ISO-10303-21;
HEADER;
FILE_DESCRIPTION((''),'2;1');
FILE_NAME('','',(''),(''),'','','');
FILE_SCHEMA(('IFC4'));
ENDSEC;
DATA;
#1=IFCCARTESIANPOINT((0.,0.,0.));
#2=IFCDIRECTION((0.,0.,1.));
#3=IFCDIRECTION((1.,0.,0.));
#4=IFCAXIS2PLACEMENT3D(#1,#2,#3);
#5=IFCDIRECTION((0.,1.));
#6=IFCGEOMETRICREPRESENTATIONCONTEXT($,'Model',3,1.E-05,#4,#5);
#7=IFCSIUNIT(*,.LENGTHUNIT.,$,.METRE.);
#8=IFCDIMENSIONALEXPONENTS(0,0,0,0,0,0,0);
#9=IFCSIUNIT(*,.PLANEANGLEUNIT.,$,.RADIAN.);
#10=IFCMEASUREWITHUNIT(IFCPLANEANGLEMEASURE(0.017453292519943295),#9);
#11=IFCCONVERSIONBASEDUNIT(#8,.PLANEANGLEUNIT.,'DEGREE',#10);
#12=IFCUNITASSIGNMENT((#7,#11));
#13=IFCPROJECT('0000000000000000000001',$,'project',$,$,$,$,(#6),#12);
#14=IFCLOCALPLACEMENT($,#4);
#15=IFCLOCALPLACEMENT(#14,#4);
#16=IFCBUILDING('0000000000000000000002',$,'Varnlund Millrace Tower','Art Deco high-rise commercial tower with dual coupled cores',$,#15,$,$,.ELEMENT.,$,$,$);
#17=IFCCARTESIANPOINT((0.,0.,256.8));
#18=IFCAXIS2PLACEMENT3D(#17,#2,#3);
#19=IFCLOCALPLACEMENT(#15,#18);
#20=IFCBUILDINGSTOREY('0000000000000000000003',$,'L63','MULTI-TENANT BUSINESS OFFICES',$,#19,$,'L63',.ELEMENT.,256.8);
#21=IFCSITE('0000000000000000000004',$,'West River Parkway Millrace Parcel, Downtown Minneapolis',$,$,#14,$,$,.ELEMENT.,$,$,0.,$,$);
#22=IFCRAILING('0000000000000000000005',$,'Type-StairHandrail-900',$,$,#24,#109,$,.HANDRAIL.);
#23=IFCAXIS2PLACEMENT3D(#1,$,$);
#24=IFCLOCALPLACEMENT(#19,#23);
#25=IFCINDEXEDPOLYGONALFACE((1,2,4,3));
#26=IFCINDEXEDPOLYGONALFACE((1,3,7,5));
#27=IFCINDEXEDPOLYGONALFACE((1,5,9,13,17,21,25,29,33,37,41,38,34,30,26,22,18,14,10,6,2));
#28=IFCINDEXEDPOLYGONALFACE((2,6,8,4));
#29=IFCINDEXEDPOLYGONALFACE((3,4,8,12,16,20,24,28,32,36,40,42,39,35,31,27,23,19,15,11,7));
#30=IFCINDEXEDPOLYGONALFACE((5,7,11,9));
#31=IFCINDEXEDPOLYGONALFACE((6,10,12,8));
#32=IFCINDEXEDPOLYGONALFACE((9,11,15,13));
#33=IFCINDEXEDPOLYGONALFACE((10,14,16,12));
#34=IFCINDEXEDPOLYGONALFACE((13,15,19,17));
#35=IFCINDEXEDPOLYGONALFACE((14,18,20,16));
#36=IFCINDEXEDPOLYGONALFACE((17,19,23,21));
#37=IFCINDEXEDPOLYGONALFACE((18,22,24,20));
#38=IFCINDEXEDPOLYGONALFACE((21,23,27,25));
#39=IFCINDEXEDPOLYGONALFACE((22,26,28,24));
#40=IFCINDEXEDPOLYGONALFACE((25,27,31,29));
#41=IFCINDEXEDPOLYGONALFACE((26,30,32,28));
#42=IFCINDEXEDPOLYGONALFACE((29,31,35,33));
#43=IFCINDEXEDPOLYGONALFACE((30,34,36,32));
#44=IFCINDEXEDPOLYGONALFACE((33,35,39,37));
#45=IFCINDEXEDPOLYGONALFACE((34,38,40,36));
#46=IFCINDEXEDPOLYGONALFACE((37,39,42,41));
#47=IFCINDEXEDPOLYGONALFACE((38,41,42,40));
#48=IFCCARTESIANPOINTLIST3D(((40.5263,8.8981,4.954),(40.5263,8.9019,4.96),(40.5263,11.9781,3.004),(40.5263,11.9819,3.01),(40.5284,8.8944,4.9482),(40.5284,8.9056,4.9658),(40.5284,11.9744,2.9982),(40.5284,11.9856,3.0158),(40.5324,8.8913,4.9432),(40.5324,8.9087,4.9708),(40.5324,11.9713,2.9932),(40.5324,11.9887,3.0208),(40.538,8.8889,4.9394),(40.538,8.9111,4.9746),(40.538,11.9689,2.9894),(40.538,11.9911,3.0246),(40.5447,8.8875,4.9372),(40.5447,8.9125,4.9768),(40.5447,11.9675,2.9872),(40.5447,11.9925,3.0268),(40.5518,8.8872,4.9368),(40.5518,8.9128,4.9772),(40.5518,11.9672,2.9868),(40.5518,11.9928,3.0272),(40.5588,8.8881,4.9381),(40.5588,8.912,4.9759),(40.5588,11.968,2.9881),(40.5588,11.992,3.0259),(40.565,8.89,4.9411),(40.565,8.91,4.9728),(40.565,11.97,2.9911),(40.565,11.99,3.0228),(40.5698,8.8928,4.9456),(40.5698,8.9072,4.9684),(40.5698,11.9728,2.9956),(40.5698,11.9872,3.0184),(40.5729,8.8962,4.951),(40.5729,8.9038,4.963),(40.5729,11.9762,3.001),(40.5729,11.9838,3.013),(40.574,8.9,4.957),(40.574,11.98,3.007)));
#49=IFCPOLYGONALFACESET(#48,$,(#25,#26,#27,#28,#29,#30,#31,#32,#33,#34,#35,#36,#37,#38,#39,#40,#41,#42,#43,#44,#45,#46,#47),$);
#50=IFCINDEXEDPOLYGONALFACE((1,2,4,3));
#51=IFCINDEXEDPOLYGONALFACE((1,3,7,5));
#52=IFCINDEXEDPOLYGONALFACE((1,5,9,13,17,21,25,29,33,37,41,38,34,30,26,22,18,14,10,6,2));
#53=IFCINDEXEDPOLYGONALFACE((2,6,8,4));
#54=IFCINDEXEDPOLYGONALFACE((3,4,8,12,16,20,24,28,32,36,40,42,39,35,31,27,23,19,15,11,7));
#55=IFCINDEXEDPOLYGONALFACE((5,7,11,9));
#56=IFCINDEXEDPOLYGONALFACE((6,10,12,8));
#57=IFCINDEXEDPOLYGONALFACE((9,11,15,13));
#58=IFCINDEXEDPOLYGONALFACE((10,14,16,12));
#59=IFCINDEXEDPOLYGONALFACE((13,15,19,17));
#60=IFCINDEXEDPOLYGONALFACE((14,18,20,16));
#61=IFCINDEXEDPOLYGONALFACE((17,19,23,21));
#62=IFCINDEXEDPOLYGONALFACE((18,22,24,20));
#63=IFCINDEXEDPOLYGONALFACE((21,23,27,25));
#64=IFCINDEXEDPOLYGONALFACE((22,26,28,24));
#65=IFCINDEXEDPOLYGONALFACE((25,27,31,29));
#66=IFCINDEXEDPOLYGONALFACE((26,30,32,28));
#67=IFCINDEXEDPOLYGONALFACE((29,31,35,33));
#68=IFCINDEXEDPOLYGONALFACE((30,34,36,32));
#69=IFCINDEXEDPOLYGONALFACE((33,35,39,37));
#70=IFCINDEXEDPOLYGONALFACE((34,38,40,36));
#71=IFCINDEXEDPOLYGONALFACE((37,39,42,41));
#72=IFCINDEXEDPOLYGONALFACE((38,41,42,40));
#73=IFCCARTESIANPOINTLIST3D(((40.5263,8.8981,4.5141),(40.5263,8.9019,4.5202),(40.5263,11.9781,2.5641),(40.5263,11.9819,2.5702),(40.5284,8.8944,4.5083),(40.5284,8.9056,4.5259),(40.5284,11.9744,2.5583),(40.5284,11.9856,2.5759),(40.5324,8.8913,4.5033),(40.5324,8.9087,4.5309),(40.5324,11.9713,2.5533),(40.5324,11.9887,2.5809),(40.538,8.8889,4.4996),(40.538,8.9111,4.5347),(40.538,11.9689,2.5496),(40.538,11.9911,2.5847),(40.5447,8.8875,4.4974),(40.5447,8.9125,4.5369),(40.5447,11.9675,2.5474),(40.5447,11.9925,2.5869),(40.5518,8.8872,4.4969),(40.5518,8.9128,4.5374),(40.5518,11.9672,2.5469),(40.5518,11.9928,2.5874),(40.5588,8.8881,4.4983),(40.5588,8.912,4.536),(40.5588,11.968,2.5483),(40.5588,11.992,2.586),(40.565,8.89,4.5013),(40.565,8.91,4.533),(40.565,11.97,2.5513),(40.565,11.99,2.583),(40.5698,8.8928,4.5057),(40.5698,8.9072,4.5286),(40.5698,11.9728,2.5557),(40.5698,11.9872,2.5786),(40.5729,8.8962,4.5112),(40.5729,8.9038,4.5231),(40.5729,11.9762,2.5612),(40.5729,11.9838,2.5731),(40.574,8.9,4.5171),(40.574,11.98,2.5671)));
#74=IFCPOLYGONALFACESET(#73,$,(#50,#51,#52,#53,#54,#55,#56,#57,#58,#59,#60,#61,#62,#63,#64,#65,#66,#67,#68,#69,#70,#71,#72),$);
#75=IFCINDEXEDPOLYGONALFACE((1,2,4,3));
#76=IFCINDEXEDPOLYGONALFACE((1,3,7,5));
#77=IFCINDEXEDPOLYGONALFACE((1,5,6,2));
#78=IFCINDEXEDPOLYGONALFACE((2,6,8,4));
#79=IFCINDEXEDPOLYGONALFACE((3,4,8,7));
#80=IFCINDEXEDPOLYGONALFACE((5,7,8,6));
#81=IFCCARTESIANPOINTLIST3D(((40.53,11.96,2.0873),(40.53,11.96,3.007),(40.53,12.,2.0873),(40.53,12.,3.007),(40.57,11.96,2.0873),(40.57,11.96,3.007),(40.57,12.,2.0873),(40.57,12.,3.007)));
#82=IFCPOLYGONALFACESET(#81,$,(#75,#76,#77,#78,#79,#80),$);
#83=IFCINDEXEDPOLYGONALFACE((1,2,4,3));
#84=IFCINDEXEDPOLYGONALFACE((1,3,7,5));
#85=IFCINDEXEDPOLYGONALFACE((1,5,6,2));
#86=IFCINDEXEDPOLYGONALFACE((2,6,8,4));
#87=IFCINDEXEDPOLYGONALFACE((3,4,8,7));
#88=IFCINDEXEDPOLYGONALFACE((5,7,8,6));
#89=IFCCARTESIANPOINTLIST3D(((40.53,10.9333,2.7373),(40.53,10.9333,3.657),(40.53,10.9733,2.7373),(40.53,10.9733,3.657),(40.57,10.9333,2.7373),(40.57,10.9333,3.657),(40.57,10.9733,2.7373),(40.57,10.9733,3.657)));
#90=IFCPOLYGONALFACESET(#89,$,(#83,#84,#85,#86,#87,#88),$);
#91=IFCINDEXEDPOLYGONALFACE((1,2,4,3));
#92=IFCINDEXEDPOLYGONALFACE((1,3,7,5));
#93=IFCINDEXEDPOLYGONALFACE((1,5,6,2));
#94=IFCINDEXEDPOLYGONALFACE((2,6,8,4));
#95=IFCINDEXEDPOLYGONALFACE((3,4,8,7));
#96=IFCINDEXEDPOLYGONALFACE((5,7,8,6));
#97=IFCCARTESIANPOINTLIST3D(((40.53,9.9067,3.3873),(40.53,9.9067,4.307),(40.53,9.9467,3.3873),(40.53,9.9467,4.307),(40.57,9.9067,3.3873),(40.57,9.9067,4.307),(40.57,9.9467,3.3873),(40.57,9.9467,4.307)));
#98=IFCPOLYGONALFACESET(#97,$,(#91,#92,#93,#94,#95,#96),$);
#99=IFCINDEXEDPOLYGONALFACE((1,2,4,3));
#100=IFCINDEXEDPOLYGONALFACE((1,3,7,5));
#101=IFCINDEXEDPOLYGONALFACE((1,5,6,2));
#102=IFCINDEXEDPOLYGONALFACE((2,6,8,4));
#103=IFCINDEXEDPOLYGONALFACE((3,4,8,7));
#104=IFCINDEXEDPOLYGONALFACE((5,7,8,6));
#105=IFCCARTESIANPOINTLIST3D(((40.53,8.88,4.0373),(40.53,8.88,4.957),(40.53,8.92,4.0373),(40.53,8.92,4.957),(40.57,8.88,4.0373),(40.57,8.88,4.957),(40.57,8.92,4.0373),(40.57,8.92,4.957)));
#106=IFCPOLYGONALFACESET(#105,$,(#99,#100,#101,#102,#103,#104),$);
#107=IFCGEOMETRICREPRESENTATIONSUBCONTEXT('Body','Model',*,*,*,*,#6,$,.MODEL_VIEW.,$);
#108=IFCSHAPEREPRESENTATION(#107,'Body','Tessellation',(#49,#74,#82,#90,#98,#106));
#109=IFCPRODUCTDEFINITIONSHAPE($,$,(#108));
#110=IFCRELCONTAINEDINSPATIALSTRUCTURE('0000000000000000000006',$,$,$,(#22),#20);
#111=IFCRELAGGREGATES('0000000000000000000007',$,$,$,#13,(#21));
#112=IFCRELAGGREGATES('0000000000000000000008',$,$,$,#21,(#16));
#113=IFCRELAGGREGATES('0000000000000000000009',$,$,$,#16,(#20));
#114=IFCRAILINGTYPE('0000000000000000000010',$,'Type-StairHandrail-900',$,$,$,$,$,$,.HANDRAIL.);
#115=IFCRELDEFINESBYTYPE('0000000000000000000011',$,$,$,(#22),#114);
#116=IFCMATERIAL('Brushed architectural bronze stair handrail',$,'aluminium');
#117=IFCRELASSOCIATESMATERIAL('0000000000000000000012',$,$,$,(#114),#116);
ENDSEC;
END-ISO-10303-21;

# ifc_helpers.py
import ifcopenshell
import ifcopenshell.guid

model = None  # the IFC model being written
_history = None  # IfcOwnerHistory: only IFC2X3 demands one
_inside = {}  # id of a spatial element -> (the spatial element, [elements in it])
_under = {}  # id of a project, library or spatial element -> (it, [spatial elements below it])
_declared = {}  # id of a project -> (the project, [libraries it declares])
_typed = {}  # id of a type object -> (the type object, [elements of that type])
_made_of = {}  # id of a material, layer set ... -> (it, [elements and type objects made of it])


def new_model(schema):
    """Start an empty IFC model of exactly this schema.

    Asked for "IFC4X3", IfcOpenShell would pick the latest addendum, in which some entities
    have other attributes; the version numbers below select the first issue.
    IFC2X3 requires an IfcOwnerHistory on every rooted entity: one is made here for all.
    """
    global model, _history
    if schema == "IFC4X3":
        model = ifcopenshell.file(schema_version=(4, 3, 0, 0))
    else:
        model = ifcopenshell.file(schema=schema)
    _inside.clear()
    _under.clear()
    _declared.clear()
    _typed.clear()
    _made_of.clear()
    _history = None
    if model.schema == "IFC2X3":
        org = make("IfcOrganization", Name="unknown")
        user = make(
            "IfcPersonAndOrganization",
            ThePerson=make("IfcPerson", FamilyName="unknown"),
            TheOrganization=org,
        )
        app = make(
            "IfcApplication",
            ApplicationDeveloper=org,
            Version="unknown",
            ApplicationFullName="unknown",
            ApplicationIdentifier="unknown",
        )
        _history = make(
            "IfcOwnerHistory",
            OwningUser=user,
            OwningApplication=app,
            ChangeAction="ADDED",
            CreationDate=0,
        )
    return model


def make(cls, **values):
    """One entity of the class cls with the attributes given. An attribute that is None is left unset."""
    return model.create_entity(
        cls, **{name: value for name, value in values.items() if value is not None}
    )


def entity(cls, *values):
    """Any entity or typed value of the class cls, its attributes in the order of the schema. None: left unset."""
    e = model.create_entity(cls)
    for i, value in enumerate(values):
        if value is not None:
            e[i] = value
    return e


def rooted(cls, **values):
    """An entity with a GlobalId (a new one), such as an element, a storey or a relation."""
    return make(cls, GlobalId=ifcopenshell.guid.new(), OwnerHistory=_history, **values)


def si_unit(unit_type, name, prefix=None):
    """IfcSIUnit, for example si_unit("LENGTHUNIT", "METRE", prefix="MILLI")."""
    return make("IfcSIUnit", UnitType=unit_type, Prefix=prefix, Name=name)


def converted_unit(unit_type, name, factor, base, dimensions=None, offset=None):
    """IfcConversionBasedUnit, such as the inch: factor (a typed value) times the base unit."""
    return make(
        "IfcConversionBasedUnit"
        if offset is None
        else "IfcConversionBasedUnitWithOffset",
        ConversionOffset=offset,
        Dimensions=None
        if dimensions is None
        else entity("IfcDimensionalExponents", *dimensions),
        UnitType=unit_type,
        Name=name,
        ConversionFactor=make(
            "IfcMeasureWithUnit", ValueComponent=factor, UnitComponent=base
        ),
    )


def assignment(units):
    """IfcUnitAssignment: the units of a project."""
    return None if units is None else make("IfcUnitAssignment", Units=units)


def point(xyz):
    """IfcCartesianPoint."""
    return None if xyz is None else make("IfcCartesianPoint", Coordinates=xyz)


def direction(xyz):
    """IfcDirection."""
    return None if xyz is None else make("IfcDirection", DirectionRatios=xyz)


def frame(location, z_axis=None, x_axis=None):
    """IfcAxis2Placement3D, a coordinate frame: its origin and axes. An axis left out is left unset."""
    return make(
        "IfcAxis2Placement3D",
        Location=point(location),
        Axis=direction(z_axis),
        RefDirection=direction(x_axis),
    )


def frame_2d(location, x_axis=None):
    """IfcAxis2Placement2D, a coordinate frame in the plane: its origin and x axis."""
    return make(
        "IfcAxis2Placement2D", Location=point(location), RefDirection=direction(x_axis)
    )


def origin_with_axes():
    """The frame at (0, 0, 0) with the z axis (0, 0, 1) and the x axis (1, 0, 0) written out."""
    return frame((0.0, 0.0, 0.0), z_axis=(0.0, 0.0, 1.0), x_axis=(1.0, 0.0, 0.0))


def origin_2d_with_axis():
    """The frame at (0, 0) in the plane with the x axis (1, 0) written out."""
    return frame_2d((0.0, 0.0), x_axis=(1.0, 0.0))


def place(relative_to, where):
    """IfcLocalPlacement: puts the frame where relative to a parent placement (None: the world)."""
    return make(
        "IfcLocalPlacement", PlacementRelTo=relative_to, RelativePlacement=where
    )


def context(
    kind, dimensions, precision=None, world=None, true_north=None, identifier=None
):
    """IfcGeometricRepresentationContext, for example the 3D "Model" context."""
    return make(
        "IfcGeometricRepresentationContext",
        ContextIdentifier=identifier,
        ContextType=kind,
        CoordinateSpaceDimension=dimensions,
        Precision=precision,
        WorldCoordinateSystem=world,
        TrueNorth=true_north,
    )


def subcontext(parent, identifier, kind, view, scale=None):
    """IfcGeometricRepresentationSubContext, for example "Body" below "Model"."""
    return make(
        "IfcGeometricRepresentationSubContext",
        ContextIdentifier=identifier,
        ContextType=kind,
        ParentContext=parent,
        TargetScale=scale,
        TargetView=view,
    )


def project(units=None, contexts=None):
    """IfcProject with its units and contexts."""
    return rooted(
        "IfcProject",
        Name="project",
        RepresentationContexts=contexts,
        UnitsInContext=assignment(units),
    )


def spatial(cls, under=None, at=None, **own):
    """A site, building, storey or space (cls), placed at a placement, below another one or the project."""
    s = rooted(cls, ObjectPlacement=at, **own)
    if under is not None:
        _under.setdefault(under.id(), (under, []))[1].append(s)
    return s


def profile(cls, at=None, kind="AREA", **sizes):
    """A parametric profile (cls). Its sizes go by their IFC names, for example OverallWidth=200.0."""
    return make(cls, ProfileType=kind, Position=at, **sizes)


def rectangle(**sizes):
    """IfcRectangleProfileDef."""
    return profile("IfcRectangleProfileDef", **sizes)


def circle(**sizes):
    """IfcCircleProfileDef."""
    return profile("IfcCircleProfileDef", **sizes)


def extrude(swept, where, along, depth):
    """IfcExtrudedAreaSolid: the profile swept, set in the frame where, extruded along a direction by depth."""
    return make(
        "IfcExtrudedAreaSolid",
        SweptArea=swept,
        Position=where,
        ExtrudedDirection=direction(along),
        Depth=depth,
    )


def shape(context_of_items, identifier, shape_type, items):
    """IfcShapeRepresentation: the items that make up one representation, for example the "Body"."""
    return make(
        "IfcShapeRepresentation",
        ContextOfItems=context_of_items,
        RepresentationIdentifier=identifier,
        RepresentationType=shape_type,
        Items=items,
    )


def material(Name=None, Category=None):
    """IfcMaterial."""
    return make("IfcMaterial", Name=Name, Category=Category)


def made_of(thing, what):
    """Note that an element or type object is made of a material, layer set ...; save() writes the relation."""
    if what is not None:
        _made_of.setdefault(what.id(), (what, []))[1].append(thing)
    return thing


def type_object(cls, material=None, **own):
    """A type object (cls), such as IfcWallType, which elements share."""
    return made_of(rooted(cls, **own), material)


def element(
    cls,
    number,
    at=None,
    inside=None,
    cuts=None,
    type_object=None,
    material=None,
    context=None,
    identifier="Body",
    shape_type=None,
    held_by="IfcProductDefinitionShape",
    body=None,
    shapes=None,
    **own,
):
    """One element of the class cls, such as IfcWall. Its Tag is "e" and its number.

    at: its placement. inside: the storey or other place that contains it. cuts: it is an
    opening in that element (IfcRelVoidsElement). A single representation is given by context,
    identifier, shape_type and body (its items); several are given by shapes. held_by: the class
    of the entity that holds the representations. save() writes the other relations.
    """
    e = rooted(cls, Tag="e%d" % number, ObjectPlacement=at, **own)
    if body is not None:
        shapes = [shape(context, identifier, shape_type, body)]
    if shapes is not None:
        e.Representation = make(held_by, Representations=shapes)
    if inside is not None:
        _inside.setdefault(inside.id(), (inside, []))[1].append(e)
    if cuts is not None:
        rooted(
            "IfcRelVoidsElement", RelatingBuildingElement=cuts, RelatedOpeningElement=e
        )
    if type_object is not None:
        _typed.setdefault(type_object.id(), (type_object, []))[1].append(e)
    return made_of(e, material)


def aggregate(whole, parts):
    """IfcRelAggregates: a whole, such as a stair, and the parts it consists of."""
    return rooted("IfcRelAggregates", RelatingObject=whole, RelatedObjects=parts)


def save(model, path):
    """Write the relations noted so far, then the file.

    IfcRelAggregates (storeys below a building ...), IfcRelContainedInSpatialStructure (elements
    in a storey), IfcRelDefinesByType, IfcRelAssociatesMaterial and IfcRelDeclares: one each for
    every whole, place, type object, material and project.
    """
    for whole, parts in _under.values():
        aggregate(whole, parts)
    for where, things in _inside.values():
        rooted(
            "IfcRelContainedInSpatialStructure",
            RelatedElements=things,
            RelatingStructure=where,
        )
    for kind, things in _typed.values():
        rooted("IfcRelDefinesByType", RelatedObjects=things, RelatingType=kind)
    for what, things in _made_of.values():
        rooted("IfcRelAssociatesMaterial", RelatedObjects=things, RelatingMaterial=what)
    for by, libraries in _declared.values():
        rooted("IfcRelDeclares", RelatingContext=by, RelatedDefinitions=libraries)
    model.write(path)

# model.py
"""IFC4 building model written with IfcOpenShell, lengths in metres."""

from ifc_helpers import new_model, entity, si_unit, converted_unit, direction, frame, origin_with_axes, origin_2d_with_axis, place, context, subcontext, project, spatial, rectangle, circle, extrude, material, type_object, element, save


model = new_model("IFC4")

# Units and contexts
model_context = context("Model", 3, precision=1e-05, world=origin_with_axes(), true_north=direction((0.0, 1.0)))
body_context = subcontext(model_context, "Body", "Model", "MODEL_VIEW")
ifc_project = project(units=[si_unit("LENGTHUNIT", "METRE"), converted_unit("PLANEANGLEUNIT", "DEGREE", entity("IfcPlaneAngleMeasure", 0.017453292519943295), si_unit("PLANEANGLEUNIT", "RADIAN"), dimensions=[0, 0, 0, 0, 0, 0, 0])], contexts=[model_context])

# Site, building, storey
site_placement = place(None, origin_with_axes())
site = spatial("IfcSite", under=ifc_project, at=site_placement, Name="West River Parkway Millrace Parcel, Downtown Minneapolis", CompositionType="ELEMENT", RefElevation=0.0)
building_placement = place(site_placement, origin_with_axes())
building = spatial("IfcBuilding", under=site, at=building_placement, Name="Varnlund Millrace Tower", Description="Art Deco high-rise commercial tower with dual coupled cores", CompositionType="ELEMENT")
storey_placement = place(building_placement, frame((0.0, 0.0, 256.8), z_axis=(0.0, 0.0, 1.0), x_axis=(1.0, 0.0, 0.0)))
storey = spatial("IfcBuildingStorey", under=building, at=storey_placement, Name="L63", Description="MULTI-TENANT BUSINESS OFFICES", LongName="L63", CompositionType="ELEMENT", Elevation=256.8)

# Railing
ifc_material_1 = material(Name="Brushed architectural bronze stair handrail", Category="aluminium")
railing_type_1 = type_object("IfcRailingType", Name="Type-StairHandrail-900", PredefinedType="HANDRAIL", material=ifc_material_1)
railing_1_placement = place(storey_placement, frame((0.0, 0.0, -256.8), z_axis=(0.0, 0.0, 1.0), x_axis=(1.0, 0.0, 0.0)))
element("IfcRailing", 1, at=railing_1_placement, inside=storey, type_object=railing_type_1, Name="Type-StairHandrail-900", PredefinedType="HANDRAIL", context=body_context, shape_type="SweptSolid", body=[
    extrude(circle(Radius=0.024, at=origin_2d_with_axis()), frame((40.55, 11.98, 259.807), z_axis=(0.0, -0.844902, 0.534922), x_axis=(1.0, 0.0, 0.0)), (0.0, 0.0, 1.0), 3.6454),
    extrude(circle(Radius=0.024, at=origin_2d_with_axis()), frame((40.55, 11.98, 259.3671), z_axis=(0.0, -0.844902, 0.534922), x_axis=(1.0, 0.0, 0.0)), (0.0, 0.0, 1.0), 3.6454),
    extrude(rectangle(XDim=0.04, YDim=0.04, at=origin_2d_with_axis()), frame((40.55, 11.98, 258.8873), z_axis=(0.0, 0.0, 1.0), x_axis=(1.0, 0.0, 0.0)), (0.0, 0.0, 1.0), 0.9197),
    extrude(rectangle(XDim=0.04, YDim=0.04, at=origin_2d_with_axis()), frame((40.55, 10.9533, 259.5373), z_axis=(0.0, 0.0, 1.0), x_axis=(1.0, 0.0, 0.0)), (0.0, 0.0, 1.0), 0.9197),
    extrude(rectangle(XDim=0.04, YDim=0.04, at=origin_2d_with_axis()), frame((40.55, 9.9267, 260.1873), z_axis=(0.0, 0.0, 1.0), x_axis=(1.0, 0.0, 0.0)), (0.0, 0.0, 1.0), 0.9197),
    extrude(rectangle(XDim=0.04, YDim=0.04, at=origin_2d_with_axis()), frame((40.55, 8.9, 260.8373), z_axis=(0.0, 0.0, 1.0), x_axis=(1.0, 0.0, 0.0)), (0.0, 0.0, 1.0), 0.9197),
])

save(model, "model.ifc")
